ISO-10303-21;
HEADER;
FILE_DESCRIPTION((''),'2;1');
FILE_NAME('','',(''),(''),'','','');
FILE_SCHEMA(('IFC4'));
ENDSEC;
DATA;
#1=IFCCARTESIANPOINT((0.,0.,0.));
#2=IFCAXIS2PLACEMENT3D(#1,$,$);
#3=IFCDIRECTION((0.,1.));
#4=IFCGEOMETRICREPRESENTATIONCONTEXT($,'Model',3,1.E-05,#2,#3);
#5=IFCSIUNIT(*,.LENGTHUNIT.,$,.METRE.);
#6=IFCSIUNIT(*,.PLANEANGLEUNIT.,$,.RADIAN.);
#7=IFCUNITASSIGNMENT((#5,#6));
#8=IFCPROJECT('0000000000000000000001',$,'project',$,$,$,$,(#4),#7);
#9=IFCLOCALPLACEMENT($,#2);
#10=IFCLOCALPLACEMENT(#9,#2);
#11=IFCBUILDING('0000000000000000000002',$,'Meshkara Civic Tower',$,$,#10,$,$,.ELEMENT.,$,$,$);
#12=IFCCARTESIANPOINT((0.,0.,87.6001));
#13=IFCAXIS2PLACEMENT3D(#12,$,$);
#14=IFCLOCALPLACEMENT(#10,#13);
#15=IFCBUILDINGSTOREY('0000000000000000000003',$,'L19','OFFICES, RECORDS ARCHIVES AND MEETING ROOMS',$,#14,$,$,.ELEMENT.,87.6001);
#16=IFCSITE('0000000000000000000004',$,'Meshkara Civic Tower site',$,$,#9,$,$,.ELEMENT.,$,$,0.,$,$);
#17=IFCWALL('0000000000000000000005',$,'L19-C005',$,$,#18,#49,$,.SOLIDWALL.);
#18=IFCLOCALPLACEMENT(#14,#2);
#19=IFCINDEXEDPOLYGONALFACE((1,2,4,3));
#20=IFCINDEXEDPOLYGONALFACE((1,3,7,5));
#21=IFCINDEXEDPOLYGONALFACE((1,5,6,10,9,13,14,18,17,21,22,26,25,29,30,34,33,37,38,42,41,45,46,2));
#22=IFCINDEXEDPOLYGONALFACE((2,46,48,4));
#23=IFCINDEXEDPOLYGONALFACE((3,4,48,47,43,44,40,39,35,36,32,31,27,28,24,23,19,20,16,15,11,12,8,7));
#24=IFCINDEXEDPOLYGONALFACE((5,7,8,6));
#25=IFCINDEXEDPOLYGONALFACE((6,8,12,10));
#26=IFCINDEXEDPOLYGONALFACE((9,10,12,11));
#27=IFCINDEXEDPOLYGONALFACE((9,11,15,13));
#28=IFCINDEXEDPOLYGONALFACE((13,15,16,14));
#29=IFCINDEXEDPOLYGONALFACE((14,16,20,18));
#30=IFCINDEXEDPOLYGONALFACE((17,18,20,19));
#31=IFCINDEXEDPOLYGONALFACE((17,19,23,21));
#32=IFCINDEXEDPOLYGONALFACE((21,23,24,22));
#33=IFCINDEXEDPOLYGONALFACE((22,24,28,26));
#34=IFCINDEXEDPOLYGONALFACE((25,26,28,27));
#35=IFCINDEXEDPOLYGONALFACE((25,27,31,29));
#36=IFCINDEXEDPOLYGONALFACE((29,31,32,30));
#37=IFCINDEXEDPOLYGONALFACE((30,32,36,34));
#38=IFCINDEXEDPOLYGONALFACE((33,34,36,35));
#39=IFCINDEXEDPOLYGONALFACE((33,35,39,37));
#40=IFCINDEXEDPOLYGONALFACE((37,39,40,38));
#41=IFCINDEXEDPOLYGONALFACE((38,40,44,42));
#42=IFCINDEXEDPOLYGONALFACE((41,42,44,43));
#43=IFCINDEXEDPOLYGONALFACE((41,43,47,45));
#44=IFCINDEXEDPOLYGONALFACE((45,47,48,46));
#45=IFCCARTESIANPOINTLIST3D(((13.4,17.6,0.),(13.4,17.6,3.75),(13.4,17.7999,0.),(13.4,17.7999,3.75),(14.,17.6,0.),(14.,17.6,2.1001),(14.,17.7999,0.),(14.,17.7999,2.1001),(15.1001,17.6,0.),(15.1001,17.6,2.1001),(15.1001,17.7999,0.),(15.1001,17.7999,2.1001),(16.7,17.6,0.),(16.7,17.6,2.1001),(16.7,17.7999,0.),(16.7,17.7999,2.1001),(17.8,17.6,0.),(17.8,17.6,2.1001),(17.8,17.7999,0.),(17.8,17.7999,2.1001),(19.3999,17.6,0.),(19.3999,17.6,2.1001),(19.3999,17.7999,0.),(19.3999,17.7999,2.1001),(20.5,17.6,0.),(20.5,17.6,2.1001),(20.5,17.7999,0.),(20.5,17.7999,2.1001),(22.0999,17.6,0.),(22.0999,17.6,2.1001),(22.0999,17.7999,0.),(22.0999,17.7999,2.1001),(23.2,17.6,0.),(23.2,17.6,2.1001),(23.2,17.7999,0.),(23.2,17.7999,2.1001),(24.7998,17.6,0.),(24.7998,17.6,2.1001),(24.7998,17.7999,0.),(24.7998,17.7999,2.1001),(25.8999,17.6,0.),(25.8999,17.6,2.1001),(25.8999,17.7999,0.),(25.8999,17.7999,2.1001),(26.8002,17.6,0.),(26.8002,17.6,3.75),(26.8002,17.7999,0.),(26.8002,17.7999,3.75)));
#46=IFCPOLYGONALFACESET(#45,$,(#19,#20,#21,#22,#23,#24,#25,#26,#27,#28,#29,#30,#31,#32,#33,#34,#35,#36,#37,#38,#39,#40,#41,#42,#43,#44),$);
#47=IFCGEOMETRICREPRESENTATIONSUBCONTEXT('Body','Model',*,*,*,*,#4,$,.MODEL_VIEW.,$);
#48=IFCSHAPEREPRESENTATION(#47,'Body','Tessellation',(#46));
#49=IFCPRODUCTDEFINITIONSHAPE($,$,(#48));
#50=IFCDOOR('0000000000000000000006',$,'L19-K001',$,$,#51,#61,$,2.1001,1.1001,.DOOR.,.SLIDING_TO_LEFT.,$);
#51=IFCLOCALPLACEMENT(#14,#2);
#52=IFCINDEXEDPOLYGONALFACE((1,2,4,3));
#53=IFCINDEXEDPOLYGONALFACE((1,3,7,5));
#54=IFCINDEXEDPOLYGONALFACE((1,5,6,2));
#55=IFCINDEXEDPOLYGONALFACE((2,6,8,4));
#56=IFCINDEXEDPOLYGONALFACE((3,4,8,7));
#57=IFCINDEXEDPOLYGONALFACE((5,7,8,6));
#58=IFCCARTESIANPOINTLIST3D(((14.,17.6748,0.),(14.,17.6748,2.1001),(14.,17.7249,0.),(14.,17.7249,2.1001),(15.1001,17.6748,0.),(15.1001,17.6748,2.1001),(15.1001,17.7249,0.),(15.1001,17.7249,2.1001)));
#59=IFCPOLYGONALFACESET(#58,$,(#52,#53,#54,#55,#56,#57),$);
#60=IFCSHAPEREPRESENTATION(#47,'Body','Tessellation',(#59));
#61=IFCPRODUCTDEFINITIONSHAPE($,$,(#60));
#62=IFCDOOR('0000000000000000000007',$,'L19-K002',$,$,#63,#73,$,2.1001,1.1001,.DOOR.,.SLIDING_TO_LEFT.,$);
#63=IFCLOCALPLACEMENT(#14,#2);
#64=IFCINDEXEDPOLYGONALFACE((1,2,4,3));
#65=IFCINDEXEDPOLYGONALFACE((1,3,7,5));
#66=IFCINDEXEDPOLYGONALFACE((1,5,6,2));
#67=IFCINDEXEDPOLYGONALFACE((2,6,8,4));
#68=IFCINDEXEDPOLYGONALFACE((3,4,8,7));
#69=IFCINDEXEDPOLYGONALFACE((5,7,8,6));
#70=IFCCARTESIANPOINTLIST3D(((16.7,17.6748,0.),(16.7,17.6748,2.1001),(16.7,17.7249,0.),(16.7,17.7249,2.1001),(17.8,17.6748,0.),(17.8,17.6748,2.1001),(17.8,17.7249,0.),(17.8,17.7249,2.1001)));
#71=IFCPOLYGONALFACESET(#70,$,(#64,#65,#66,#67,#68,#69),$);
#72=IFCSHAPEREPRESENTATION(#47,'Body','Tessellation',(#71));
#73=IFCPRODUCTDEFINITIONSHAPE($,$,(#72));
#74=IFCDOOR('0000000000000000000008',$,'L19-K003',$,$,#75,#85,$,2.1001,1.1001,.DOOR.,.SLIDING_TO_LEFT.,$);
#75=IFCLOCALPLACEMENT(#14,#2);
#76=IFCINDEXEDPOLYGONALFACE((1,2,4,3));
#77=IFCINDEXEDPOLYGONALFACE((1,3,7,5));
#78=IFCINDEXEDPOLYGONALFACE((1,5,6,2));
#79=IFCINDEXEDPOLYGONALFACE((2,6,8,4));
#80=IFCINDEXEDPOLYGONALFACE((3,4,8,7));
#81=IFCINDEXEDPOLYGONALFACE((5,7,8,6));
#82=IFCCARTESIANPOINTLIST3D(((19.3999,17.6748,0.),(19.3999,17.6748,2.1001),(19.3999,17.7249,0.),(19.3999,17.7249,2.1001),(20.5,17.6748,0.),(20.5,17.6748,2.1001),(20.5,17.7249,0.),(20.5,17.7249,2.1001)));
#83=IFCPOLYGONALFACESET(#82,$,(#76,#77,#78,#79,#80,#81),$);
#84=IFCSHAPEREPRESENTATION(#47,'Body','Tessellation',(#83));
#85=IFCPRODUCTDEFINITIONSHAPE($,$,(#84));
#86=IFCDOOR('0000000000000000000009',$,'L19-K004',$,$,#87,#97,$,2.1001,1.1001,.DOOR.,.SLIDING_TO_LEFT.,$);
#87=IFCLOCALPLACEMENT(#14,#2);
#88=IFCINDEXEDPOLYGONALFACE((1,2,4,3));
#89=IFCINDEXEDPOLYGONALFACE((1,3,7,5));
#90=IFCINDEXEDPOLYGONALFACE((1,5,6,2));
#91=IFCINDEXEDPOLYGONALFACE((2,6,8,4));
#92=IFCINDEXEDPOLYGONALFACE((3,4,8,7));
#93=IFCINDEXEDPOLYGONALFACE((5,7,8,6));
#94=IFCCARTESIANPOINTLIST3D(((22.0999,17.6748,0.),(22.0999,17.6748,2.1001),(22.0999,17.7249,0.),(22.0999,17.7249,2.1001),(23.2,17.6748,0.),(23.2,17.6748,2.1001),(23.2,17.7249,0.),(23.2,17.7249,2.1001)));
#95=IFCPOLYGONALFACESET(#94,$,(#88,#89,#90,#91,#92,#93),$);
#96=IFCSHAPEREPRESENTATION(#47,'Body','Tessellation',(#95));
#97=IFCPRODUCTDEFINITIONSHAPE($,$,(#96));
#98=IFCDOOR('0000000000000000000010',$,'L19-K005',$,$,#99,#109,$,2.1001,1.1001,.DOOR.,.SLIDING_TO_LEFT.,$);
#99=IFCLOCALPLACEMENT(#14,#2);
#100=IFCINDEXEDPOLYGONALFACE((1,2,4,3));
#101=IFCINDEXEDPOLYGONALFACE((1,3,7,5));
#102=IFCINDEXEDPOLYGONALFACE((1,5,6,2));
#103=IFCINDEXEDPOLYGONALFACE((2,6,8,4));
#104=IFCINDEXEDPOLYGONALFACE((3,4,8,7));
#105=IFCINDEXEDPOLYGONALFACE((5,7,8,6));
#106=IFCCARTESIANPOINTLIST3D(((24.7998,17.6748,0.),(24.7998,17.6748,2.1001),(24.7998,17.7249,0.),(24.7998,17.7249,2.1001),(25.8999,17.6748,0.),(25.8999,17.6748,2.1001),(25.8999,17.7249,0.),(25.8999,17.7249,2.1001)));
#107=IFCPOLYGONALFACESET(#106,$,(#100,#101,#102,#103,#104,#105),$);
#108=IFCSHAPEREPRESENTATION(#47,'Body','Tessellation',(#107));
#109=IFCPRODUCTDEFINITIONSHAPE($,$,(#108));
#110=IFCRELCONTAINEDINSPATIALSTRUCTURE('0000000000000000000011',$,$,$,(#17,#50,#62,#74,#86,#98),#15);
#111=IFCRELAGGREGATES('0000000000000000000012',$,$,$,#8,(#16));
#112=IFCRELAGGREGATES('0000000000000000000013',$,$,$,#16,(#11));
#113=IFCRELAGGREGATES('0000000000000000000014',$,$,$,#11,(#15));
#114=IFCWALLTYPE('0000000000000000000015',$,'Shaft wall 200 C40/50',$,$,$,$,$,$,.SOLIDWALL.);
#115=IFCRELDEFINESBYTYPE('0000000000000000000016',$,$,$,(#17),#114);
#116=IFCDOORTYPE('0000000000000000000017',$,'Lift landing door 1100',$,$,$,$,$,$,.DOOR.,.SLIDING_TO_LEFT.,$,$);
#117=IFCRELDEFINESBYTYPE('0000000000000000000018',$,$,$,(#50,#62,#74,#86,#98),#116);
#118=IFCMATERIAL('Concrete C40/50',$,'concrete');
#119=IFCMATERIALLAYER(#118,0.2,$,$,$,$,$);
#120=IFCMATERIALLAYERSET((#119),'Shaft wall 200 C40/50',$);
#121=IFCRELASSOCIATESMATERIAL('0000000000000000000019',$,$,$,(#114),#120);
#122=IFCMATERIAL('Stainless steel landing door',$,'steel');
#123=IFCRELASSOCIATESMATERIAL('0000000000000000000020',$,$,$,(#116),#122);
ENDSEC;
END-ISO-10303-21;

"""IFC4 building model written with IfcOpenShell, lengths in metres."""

from ifc_helpers import new_model, si_unit, direction, frame, frame_2d, origin, place, context, subcontext, project, spatial, rectangle, extrude, material, layer, layer_set, type_object, element, fill, save


model = new_model("IFC4")

# Units and contexts
model_context = context("Model", 3, precision=1e-05, world=origin(), true_north=direction((0.0, 1.0)))
body_context = subcontext(model_context, "Body", "Model", "MODEL_VIEW")
ifc_project = project(units=[si_unit("LENGTHUNIT", "METRE"), si_unit("PLANEANGLEUNIT", "RADIAN")], contexts=[model_context])

# Site, building, storey
site_placement = place(None, origin())
site = spatial("IfcSite", under=ifc_project, at=site_placement, Name="Meshkara Civic Tower site", CompositionType="ELEMENT", RefElevation=0.0)
building_placement = place(site_placement, origin())
building = spatial("IfcBuilding", under=site, at=building_placement, Name="Meshkara Civic Tower", CompositionType="ELEMENT")
storey_placement = place(building_placement, frame((0.0, 0.0, 87.6001)))
storey = spatial("IfcBuildingStorey", under=building, at=storey_placement, Name="L19", Description="OFFICES, RECORDS ARCHIVES AND MEETING ROOMS", CompositionType="ELEMENT", Elevation=87.6001)

# Wall, openings, doors
ifc_material_1 = material(Name="Concrete C40/50", Category="concrete")
ifc_layer_1 = layer(ifc_material_1, 0.2)
ifc_layer_set_1 = layer_set([ifc_layer_1], Name="Shaft wall 200 C40/50")
wall_type_1 = type_object("IfcWallType", Name="Shaft wall 200 C40/50", PredefinedType="SOLIDWALL", material=ifc_layer_set_1)
wall_1_placement = place(storey_placement, frame((13.3999, 17.7, 0.0), z_axis=(0.0, 0.0, 1.0), x_axis=(1.0, 0.0, 0.0)))
wall_1 = element("IfcWall", 1, at=wall_1_placement, inside=storey, type_object=wall_type_1, Name="L19-C005", PredefinedType="SOLIDWALL", context=body_context, shape_type="SweptSolid", body=[
    extrude(rectangle(XDim=13.4001, YDim=0.2, at=frame_2d((6.7002, 0.0))), origin(), (0.0, 0.0, 1.0), 3.75),
])
opening_1_placement = place(wall_1_placement, frame((0.6001, 0.0, 0.0)))
opening_1 = element("IfcOpeningElement", 2, at=opening_1_placement, cuts=wall_1, PredefinedType="OPENING", context=body_context, shape_type="SweptSolid", body=[
    extrude(rectangle(XDim=1.1001, YDim=2.1001, at=frame_2d((0.55, 1.05))), frame((0.0, 0.1099, 0.0), z_axis=(0.0, -1.0, 0.0), x_axis=(1.0, 0.0, 0.0)), (0.0, 0.0, 1.0), 0.22),
])
opening_2_placement = place(wall_1_placement, frame((3.3, 0.0, 0.0)))
opening_2 = element("IfcOpeningElement", 3, at=opening_2_placement, cuts=wall_1, PredefinedType="OPENING", context=body_context, shape_type="SweptSolid", body=[
    extrude(rectangle(XDim=1.1001, YDim=2.1001, at=frame_2d((0.55, 1.05))), frame((0.0, 0.1099, 0.0), z_axis=(0.0, -1.0, 0.0), x_axis=(1.0, 0.0, 0.0)), (0.0, 0.0, 1.0), 0.22),
])
opening_3_placement = place(wall_1_placement, frame((6.0, 0.0, 0.0)))
opening_3 = element("IfcOpeningElement", 4, at=opening_3_placement, cuts=wall_1, PredefinedType="OPENING", context=body_context, shape_type="SweptSolid", body=[
    extrude(rectangle(XDim=1.1001, YDim=2.1001, at=frame_2d((0.55, 1.05))), frame((0.0, 0.1099, 0.0), z_axis=(0.0, -1.0, 0.0), x_axis=(1.0, 0.0, 0.0)), (0.0, 0.0, 1.0), 0.22),
])
opening_4_placement = place(wall_1_placement, frame((8.7, 0.0, 0.0)))
opening_4 = element("IfcOpeningElement", 5, at=opening_4_placement, cuts=wall_1, PredefinedType="OPENING", context=body_context, shape_type="SweptSolid", body=[
    extrude(rectangle(XDim=1.1001, YDim=2.1001, at=frame_2d((0.55, 1.05))), frame((0.0, 0.1099, 0.0), z_axis=(0.0, -1.0, 0.0), x_axis=(1.0, 0.0, 0.0)), (0.0, 0.0, 1.0), 0.22),
])
opening_5_placement = place(wall_1_placement, frame((11.3999, 0.0, 0.0)))
opening_5 = element("IfcOpeningElement", 6, at=opening_5_placement, cuts=wall_1, PredefinedType="OPENING", context=body_context, shape_type="SweptSolid", body=[
    extrude(rectangle(XDim=1.1001, YDim=2.1001, at=frame_2d((0.55, 1.05))), frame((0.0, 0.1099, 0.0), z_axis=(0.0, -1.0, 0.0), x_axis=(1.0, 0.0, 0.0)), (0.0, 0.0, 1.0), 0.22),
])
ifc_material_2 = material(Name="Stainless steel landing door", Category="steel")
door_type_1 = type_object("IfcDoorType", Name="Lift landing door 1100", OperationType="SLIDING_TO_LEFT", PredefinedType="DOOR", material=ifc_material_2)
door_1_placement = place(opening_1_placement, origin())
door_1 = element("IfcDoor", 7, at=door_1_placement, inside=storey, type_object=door_type_1, Name="L19-K001", OperationType="SLIDING_TO_LEFT", OverallHeight=2.1001, OverallWidth=1.1001, PredefinedType="DOOR", context=body_context, shape_type="SweptSolid", body=[
    extrude(rectangle(XDim=1.1001, YDim=2.1001, at=frame_2d((0.55, 1.05))), frame((0.0, 0.0249, 0.0), z_axis=(0.0, -1.0, 0.0), x_axis=(1.0, 0.0, 0.0)), (0.0, 0.0, 1.0), 0.05),
])
fill(opening_1, door_1)
door_2_placement = place(opening_2_placement, origin())
door_2 = element("IfcDoor", 8, at=door_2_placement, inside=storey, type_object=door_type_1, Name="L19-K002", OperationType="SLIDING_TO_LEFT", OverallHeight=2.1001, OverallWidth=1.1001, PredefinedType="DOOR", context=body_context, shape_type="SweptSolid", body=[
    extrude(rectangle(XDim=1.1001, YDim=2.1001, at=frame_2d((0.55, 1.05))), frame((0.0, 0.0249, 0.0), z_axis=(0.0, -1.0, 0.0), x_axis=(1.0, 0.0, 0.0)), (0.0, 0.0, 1.0), 0.05),
])
fill(opening_2, door_2)
door_3_placement = place(opening_3_placement, origin())
door_3 = element("IfcDoor", 9, at=door_3_placement, inside=storey, type_object=door_type_1, Name="L19-K003", OperationType="SLIDING_TO_LEFT", OverallHeight=2.1001, OverallWidth=1.1001, PredefinedType="DOOR", context=body_context, shape_type="SweptSolid", body=[
    extrude(rectangle(XDim=1.1001, YDim=2.1001, at=frame_2d((0.55, 1.05))), frame((0.0, 0.0249, 0.0), z_axis=(0.0, -1.0, 0.0), x_axis=(1.0, 0.0, 0.0)), (0.0, 0.0, 1.0), 0.05),
])
fill(opening_3, door_3)
door_4_placement = place(opening_4_placement, origin())
door_4 = element("IfcDoor", 10, at=door_4_placement, inside=storey, type_object=door_type_1, Name="L19-K004", OperationType="SLIDING_TO_LEFT", OverallHeight=2.1001, OverallWidth=1.1001, PredefinedType="DOOR", context=body_context, shape_type="SweptSolid", body=[
    extrude(rectangle(XDim=1.1001, YDim=2.1001, at=frame_2d((0.55, 1.05))), frame((0.0, 0.0249, 0.0), z_axis=(0.0, -1.0, 0.0), x_axis=(1.0, 0.0, 0.0)), (0.0, 0.0, 1.0), 0.05),
])
fill(opening_4, door_4)
door_5_placement = place(opening_5_placement, origin())
door_5 = element("IfcDoor", 11, at=door_5_placement, inside=storey, type_object=door_type_1, Name="L19-K005", OperationType="SLIDING_TO_LEFT", OverallHeight=2.1001, OverallWidth=1.1001, PredefinedType="DOOR", context=body_context, shape_type="SweptSolid", body=[
    extrude(rectangle(XDim=1.1001, YDim=2.1001, at=frame_2d((0.55, 1.05))), frame((0.0, 0.0249, 0.0), z_axis=(0.0, -1.0, 0.0), x_axis=(1.0, 0.0, 0.0)), (0.0, 0.0, 1.0), 0.05),
])
fill(opening_5, door_5)

save(model, "model.ifc")
